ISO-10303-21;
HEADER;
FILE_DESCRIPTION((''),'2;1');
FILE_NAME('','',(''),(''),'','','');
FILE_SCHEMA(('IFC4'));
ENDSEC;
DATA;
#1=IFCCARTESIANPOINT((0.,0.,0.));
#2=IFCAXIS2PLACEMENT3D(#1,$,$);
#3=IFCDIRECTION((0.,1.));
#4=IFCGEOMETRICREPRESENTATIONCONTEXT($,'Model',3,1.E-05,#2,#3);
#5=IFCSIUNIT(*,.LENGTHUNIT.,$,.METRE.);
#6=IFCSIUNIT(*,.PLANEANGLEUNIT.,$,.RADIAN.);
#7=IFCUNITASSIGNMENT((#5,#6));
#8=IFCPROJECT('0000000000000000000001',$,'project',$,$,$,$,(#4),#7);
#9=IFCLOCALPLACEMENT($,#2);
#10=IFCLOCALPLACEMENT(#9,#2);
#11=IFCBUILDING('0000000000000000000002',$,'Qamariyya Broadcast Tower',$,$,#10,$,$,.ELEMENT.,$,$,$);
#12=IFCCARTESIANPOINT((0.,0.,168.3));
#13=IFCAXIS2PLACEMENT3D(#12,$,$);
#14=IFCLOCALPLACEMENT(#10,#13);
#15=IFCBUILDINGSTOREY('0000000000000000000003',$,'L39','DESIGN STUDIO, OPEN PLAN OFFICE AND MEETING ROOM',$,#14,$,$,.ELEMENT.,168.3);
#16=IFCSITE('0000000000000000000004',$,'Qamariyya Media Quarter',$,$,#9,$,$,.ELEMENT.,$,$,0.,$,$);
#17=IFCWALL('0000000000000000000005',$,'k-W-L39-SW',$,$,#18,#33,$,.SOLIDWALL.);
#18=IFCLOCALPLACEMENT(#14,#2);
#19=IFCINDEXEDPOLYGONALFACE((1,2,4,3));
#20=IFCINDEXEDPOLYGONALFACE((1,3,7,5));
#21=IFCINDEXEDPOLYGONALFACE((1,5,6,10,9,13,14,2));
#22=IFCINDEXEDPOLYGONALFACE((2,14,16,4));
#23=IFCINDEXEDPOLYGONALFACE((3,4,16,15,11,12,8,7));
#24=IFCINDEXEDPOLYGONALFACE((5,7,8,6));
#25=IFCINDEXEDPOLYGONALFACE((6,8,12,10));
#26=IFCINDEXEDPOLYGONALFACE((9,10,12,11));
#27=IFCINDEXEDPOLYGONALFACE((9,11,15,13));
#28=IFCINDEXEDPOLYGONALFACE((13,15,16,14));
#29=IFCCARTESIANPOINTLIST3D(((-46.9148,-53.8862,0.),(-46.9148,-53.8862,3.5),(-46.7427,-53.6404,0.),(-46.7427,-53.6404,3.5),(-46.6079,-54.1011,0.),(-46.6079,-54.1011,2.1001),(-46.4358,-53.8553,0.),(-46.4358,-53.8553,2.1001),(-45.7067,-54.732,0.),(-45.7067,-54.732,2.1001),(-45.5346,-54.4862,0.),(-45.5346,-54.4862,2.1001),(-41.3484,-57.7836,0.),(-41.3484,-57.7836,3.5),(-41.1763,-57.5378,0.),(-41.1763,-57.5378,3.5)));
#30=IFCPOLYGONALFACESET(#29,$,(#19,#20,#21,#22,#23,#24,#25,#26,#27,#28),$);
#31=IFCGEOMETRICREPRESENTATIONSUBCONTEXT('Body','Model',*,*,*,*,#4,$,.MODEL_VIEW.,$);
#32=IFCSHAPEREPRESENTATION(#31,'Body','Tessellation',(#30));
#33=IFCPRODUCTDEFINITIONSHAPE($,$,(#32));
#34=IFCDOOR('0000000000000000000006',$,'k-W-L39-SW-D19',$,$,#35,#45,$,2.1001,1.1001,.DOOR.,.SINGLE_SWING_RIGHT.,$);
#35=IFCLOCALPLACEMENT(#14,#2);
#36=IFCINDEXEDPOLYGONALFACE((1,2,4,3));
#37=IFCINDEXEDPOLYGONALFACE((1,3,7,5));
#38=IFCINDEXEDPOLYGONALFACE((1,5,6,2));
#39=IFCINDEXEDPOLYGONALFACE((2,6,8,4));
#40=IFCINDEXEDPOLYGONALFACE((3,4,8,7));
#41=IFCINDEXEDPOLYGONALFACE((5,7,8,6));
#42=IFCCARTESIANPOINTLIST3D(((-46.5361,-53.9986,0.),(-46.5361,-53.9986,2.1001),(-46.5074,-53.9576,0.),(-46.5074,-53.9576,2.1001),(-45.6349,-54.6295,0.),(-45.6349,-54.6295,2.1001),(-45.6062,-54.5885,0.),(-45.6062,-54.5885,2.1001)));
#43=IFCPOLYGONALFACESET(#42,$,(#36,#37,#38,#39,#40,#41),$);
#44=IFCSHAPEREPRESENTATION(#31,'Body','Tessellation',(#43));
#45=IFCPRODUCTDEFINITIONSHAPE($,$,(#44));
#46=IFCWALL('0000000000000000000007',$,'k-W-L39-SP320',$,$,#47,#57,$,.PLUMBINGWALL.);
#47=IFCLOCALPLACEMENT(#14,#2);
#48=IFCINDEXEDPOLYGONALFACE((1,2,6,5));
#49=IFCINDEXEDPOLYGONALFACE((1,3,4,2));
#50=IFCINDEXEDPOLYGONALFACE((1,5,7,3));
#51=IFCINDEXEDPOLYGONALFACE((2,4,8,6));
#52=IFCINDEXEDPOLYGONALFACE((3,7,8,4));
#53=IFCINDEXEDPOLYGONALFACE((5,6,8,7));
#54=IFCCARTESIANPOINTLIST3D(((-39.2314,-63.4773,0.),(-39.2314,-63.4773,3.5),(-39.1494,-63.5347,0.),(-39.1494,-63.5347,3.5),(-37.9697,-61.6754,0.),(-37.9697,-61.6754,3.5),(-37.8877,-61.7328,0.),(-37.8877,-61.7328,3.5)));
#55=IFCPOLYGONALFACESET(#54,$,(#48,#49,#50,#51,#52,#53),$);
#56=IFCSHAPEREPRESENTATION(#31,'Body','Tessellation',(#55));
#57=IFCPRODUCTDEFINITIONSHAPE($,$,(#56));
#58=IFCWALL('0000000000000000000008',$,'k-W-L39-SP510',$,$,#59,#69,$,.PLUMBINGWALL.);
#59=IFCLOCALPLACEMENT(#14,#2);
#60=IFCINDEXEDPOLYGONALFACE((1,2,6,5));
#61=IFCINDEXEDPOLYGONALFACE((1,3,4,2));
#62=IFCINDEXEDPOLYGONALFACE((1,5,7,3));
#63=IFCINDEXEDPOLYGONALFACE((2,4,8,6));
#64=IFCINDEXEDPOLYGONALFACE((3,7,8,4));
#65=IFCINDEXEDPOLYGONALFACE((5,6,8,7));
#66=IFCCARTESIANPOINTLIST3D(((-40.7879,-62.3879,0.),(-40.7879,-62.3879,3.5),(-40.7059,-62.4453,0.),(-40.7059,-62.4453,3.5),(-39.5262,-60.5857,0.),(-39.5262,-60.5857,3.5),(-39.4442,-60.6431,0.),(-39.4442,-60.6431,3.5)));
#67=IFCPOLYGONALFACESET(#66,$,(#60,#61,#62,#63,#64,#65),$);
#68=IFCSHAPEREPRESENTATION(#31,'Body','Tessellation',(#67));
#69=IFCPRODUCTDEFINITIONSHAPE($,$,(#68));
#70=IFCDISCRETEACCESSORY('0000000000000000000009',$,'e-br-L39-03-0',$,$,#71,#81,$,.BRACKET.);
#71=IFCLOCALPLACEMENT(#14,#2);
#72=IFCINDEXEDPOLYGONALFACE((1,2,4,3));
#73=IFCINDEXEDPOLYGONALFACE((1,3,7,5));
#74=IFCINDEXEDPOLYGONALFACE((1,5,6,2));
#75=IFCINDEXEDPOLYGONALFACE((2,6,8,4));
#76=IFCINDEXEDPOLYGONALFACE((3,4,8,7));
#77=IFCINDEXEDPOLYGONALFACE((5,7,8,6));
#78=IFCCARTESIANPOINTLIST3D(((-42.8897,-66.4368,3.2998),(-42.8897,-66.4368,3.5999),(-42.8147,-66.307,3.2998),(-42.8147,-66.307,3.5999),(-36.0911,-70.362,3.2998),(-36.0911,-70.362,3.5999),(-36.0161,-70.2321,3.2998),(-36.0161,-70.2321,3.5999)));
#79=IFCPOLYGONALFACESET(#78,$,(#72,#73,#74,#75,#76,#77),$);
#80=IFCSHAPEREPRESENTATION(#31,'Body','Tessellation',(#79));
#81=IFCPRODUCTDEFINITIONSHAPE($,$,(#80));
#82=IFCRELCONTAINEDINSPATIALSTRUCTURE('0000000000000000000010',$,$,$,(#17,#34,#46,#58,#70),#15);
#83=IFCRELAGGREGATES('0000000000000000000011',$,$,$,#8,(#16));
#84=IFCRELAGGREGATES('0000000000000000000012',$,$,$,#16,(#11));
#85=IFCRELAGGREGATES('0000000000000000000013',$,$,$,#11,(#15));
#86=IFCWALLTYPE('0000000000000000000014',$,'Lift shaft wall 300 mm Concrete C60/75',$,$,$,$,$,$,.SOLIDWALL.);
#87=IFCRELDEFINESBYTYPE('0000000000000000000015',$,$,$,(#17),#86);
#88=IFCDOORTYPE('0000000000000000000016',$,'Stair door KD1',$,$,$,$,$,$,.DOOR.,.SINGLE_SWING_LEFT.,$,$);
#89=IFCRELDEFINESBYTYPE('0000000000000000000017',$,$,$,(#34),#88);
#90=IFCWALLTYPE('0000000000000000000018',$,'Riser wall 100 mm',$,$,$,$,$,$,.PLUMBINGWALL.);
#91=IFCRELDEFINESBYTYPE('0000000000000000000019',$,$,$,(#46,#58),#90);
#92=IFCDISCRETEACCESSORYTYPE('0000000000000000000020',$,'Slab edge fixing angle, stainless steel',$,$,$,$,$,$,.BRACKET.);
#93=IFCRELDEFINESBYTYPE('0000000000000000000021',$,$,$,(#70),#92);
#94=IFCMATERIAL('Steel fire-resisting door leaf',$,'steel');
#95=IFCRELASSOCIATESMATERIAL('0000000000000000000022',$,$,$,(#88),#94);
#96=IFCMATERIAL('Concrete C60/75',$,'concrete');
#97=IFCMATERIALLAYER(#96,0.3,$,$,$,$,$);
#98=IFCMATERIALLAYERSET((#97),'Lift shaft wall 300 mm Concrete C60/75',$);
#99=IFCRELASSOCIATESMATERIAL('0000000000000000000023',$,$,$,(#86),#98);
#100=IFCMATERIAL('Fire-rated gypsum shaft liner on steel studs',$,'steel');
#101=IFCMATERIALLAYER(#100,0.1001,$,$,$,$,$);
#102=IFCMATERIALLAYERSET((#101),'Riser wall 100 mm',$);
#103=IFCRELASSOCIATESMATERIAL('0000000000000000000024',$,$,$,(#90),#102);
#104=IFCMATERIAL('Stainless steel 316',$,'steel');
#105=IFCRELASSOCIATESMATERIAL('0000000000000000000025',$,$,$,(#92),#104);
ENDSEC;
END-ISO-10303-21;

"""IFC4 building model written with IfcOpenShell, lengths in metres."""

from ifc_helpers import new_model, si_unit, direction, frame, frame_2d, origin, origin_2d, place, context, subcontext, project, spatial, rectangle, extrude, material, layer, layer_set, type_object, element, fill, save


model = new_model("IFC4")

# Units and contexts
model_context = context("Model", 3, precision=1e-05, world=origin(), true_north=direction((0.0, 1.0)))
body_context = subcontext(model_context, "Body", "Model", "MODEL_VIEW")
ifc_project = project(units=[si_unit("LENGTHUNIT", "METRE"), si_unit("PLANEANGLEUNIT", "RADIAN")], contexts=[model_context])

# Site, building, storey
site_placement = place(None, origin())
site = spatial("IfcSite", under=ifc_project, at=site_placement, Name="Qamariyya Media Quarter", CompositionType="ELEMENT", RefElevation=0.0)
building_placement = place(site_placement, origin())
building = spatial("IfcBuilding", under=site, at=building_placement, Name="Qamariyya Broadcast Tower", CompositionType="ELEMENT")
storey_placement = place(building_placement, frame((0.0, 0.0, 168.3)))
storey = spatial("IfcBuildingStorey", under=building, at=storey_placement, Name="L39", Description="DESIGN STUDIO, OPEN PLAN OFFICE AND MEETING ROOM", CompositionType="ELEMENT", Elevation=168.3)

# Shared definitions
ifc_material_1 = material(Name="Concrete C60/75", Category="concrete")

# Shared definitions
ifc_material_2 = material(Name="Steel fire-resisting door leaf", Category="steel")

# Shared definitions
door_type_1 = type_object("IfcDoorType", Name="Stair door KD1", OperationType="SINGLE_SWING_LEFT", PredefinedType="DOOR", material=ifc_material_2)

# Shared definitions
ifc_layer_1 = layer(ifc_material_1, 0.3)
ifc_layer_set_1 = layer_set([ifc_layer_1], Name="Lift shaft wall 300 mm Concrete C60/75")
wall_type_1 = type_object("IfcWallType", Name="Lift shaft wall 300 mm Concrete C60/75", PredefinedType="SOLIDWALL", material=ifc_layer_set_1)

# Wall, opening, door
wall_1_placement = place(storey_placement, frame((-41.2625, -57.6606, 0.0), z_axis=(0.0, 0.0, 1.0), x_axis=(-0.819164, 0.573559, 0.0)))
wall_1 = element("IfcWall", 1, at=wall_1_placement, inside=storey, type_object=wall_type_1, Name="k-W-L39-SW", PredefinedType="SOLIDWALL", context=body_context, shape_type="SweptSolid", body=[
    extrude(rectangle(XDim=6.7952, YDim=0.3, at=frame_2d((3.3975, 0.0))), origin(), (0.0, 0.0, 1.0), 3.5),
])
opening_1_placement = place(wall_1_placement, frame((5.3203, 0.0, 0.0)))
opening_1 = element("IfcOpeningElement", 2, at=opening_1_placement, cuts=wall_1, PredefinedType="OPENING", context=body_context, shape_type="SweptSolid", body=[
    extrude(rectangle(XDim=1.1001, YDim=2.1001, at=frame_2d((0.55, 1.05))), frame((0.0, 0.1599, 0.0), z_axis=(0.0, -1.0, 0.0), x_axis=(1.0, 0.0, 0.0)), (0.0, 0.0, 1.0), 0.3201),
])
door_1_placement = place(opening_1_placement, origin())
door_1 = element("IfcDoor", 3, at=door_1_placement, inside=storey, type_object=door_type_1, Name="k-W-L39-SW-D19", OperationType="SINGLE_SWING_RIGHT", OverallHeight=2.1001, OverallWidth=1.1001, PredefinedType="DOOR", context=body_context, shape_type="SweptSolid", body=[
    extrude(rectangle(XDim=1.1001, YDim=2.1001, at=frame_2d((0.55, 1.05))), frame((0.0, 0.0249, 0.0), z_axis=(0.0, -1.0, 0.0), x_axis=(1.0, 0.0, 0.0)), (0.0, 0.0, 1.0), 0.05),
])
fill(opening_1, door_1)

# Walls
ifc_material_3 = material(Name="Fire-rated gypsum shaft liner on steel studs", Category="steel")
ifc_layer_2 = layer(ifc_material_3, 0.1001)
ifc_layer_set_2 = layer_set([ifc_layer_2], Name="Riser wall 100 mm")
wall_type_2 = type_object("IfcWallType", Name="Riser wall 100 mm", PredefinedType="PLUMBINGWALL", material=ifc_layer_set_2)
wall_2_placement = place(storey_placement, frame((-37.9287, -61.7041, 0.0), z_axis=(0.0, 0.0, 1.0), x_axis=(-0.573559, -0.819164, 0.0)))
element("IfcWall", 4, at=wall_2_placement, inside=storey, type_object=wall_type_2, Name="k-W-L39-SP320", PredefinedType="PLUMBINGWALL", context=body_context, shape_type="SweptSolid", body=[
    extrude(rectangle(XDim=2.1997, YDim=0.1001, at=frame_2d((1.0999, 0.0))), origin(), (0.0, 0.0, 1.0), 3.5),
])
wall_3_placement = place(storey_placement, frame((-39.4851, -60.6143, 0.0), z_axis=(0.0, 0.0, 1.0), x_axis=(-0.573507, -0.819201, 0.0)))
element("IfcWall", 5, at=wall_3_placement, inside=storey, type_object=wall_type_2, Name="k-W-L39-SP510", PredefinedType="PLUMBINGWALL", context=body_context, shape_type="SweptSolid", body=[
    extrude(rectangle(XDim=2.2, YDim=0.1001, at=frame_2d((1.1001, 0.0))), origin(), (0.0, 0.0, 1.0), 3.5),
])

# Discrete accessory
ifc_material_4 = material(Name="Stainless steel 316", Category="steel")
discrete_accessory_type = type_object("IfcDiscreteAccessoryType", Name="Slab edge fixing angle, stainless steel", PredefinedType="BRACKET", material=ifc_material_4)
discrete_accessory_placement = place(storey_placement, frame((-39.4529, -68.3345, 3.2998), z_axis=(0.0, 0.0, 1.0), x_axis=(0.866025, -0.5, 0.0)))
element("IfcDiscreteAccessory", 6, at=discrete_accessory_placement, inside=storey, type_object=discrete_accessory_type, Name="e-br-L39-03-0", PredefinedType="BRACKET", context=body_context, shape_type="SweptSolid", body=[
    extrude(rectangle(XDim=7.8503, YDim=0.1499, at=origin_2d()), origin(), (0.0, 0.0, 1.0), 0.3),
])

save(model, "model.ifc")
